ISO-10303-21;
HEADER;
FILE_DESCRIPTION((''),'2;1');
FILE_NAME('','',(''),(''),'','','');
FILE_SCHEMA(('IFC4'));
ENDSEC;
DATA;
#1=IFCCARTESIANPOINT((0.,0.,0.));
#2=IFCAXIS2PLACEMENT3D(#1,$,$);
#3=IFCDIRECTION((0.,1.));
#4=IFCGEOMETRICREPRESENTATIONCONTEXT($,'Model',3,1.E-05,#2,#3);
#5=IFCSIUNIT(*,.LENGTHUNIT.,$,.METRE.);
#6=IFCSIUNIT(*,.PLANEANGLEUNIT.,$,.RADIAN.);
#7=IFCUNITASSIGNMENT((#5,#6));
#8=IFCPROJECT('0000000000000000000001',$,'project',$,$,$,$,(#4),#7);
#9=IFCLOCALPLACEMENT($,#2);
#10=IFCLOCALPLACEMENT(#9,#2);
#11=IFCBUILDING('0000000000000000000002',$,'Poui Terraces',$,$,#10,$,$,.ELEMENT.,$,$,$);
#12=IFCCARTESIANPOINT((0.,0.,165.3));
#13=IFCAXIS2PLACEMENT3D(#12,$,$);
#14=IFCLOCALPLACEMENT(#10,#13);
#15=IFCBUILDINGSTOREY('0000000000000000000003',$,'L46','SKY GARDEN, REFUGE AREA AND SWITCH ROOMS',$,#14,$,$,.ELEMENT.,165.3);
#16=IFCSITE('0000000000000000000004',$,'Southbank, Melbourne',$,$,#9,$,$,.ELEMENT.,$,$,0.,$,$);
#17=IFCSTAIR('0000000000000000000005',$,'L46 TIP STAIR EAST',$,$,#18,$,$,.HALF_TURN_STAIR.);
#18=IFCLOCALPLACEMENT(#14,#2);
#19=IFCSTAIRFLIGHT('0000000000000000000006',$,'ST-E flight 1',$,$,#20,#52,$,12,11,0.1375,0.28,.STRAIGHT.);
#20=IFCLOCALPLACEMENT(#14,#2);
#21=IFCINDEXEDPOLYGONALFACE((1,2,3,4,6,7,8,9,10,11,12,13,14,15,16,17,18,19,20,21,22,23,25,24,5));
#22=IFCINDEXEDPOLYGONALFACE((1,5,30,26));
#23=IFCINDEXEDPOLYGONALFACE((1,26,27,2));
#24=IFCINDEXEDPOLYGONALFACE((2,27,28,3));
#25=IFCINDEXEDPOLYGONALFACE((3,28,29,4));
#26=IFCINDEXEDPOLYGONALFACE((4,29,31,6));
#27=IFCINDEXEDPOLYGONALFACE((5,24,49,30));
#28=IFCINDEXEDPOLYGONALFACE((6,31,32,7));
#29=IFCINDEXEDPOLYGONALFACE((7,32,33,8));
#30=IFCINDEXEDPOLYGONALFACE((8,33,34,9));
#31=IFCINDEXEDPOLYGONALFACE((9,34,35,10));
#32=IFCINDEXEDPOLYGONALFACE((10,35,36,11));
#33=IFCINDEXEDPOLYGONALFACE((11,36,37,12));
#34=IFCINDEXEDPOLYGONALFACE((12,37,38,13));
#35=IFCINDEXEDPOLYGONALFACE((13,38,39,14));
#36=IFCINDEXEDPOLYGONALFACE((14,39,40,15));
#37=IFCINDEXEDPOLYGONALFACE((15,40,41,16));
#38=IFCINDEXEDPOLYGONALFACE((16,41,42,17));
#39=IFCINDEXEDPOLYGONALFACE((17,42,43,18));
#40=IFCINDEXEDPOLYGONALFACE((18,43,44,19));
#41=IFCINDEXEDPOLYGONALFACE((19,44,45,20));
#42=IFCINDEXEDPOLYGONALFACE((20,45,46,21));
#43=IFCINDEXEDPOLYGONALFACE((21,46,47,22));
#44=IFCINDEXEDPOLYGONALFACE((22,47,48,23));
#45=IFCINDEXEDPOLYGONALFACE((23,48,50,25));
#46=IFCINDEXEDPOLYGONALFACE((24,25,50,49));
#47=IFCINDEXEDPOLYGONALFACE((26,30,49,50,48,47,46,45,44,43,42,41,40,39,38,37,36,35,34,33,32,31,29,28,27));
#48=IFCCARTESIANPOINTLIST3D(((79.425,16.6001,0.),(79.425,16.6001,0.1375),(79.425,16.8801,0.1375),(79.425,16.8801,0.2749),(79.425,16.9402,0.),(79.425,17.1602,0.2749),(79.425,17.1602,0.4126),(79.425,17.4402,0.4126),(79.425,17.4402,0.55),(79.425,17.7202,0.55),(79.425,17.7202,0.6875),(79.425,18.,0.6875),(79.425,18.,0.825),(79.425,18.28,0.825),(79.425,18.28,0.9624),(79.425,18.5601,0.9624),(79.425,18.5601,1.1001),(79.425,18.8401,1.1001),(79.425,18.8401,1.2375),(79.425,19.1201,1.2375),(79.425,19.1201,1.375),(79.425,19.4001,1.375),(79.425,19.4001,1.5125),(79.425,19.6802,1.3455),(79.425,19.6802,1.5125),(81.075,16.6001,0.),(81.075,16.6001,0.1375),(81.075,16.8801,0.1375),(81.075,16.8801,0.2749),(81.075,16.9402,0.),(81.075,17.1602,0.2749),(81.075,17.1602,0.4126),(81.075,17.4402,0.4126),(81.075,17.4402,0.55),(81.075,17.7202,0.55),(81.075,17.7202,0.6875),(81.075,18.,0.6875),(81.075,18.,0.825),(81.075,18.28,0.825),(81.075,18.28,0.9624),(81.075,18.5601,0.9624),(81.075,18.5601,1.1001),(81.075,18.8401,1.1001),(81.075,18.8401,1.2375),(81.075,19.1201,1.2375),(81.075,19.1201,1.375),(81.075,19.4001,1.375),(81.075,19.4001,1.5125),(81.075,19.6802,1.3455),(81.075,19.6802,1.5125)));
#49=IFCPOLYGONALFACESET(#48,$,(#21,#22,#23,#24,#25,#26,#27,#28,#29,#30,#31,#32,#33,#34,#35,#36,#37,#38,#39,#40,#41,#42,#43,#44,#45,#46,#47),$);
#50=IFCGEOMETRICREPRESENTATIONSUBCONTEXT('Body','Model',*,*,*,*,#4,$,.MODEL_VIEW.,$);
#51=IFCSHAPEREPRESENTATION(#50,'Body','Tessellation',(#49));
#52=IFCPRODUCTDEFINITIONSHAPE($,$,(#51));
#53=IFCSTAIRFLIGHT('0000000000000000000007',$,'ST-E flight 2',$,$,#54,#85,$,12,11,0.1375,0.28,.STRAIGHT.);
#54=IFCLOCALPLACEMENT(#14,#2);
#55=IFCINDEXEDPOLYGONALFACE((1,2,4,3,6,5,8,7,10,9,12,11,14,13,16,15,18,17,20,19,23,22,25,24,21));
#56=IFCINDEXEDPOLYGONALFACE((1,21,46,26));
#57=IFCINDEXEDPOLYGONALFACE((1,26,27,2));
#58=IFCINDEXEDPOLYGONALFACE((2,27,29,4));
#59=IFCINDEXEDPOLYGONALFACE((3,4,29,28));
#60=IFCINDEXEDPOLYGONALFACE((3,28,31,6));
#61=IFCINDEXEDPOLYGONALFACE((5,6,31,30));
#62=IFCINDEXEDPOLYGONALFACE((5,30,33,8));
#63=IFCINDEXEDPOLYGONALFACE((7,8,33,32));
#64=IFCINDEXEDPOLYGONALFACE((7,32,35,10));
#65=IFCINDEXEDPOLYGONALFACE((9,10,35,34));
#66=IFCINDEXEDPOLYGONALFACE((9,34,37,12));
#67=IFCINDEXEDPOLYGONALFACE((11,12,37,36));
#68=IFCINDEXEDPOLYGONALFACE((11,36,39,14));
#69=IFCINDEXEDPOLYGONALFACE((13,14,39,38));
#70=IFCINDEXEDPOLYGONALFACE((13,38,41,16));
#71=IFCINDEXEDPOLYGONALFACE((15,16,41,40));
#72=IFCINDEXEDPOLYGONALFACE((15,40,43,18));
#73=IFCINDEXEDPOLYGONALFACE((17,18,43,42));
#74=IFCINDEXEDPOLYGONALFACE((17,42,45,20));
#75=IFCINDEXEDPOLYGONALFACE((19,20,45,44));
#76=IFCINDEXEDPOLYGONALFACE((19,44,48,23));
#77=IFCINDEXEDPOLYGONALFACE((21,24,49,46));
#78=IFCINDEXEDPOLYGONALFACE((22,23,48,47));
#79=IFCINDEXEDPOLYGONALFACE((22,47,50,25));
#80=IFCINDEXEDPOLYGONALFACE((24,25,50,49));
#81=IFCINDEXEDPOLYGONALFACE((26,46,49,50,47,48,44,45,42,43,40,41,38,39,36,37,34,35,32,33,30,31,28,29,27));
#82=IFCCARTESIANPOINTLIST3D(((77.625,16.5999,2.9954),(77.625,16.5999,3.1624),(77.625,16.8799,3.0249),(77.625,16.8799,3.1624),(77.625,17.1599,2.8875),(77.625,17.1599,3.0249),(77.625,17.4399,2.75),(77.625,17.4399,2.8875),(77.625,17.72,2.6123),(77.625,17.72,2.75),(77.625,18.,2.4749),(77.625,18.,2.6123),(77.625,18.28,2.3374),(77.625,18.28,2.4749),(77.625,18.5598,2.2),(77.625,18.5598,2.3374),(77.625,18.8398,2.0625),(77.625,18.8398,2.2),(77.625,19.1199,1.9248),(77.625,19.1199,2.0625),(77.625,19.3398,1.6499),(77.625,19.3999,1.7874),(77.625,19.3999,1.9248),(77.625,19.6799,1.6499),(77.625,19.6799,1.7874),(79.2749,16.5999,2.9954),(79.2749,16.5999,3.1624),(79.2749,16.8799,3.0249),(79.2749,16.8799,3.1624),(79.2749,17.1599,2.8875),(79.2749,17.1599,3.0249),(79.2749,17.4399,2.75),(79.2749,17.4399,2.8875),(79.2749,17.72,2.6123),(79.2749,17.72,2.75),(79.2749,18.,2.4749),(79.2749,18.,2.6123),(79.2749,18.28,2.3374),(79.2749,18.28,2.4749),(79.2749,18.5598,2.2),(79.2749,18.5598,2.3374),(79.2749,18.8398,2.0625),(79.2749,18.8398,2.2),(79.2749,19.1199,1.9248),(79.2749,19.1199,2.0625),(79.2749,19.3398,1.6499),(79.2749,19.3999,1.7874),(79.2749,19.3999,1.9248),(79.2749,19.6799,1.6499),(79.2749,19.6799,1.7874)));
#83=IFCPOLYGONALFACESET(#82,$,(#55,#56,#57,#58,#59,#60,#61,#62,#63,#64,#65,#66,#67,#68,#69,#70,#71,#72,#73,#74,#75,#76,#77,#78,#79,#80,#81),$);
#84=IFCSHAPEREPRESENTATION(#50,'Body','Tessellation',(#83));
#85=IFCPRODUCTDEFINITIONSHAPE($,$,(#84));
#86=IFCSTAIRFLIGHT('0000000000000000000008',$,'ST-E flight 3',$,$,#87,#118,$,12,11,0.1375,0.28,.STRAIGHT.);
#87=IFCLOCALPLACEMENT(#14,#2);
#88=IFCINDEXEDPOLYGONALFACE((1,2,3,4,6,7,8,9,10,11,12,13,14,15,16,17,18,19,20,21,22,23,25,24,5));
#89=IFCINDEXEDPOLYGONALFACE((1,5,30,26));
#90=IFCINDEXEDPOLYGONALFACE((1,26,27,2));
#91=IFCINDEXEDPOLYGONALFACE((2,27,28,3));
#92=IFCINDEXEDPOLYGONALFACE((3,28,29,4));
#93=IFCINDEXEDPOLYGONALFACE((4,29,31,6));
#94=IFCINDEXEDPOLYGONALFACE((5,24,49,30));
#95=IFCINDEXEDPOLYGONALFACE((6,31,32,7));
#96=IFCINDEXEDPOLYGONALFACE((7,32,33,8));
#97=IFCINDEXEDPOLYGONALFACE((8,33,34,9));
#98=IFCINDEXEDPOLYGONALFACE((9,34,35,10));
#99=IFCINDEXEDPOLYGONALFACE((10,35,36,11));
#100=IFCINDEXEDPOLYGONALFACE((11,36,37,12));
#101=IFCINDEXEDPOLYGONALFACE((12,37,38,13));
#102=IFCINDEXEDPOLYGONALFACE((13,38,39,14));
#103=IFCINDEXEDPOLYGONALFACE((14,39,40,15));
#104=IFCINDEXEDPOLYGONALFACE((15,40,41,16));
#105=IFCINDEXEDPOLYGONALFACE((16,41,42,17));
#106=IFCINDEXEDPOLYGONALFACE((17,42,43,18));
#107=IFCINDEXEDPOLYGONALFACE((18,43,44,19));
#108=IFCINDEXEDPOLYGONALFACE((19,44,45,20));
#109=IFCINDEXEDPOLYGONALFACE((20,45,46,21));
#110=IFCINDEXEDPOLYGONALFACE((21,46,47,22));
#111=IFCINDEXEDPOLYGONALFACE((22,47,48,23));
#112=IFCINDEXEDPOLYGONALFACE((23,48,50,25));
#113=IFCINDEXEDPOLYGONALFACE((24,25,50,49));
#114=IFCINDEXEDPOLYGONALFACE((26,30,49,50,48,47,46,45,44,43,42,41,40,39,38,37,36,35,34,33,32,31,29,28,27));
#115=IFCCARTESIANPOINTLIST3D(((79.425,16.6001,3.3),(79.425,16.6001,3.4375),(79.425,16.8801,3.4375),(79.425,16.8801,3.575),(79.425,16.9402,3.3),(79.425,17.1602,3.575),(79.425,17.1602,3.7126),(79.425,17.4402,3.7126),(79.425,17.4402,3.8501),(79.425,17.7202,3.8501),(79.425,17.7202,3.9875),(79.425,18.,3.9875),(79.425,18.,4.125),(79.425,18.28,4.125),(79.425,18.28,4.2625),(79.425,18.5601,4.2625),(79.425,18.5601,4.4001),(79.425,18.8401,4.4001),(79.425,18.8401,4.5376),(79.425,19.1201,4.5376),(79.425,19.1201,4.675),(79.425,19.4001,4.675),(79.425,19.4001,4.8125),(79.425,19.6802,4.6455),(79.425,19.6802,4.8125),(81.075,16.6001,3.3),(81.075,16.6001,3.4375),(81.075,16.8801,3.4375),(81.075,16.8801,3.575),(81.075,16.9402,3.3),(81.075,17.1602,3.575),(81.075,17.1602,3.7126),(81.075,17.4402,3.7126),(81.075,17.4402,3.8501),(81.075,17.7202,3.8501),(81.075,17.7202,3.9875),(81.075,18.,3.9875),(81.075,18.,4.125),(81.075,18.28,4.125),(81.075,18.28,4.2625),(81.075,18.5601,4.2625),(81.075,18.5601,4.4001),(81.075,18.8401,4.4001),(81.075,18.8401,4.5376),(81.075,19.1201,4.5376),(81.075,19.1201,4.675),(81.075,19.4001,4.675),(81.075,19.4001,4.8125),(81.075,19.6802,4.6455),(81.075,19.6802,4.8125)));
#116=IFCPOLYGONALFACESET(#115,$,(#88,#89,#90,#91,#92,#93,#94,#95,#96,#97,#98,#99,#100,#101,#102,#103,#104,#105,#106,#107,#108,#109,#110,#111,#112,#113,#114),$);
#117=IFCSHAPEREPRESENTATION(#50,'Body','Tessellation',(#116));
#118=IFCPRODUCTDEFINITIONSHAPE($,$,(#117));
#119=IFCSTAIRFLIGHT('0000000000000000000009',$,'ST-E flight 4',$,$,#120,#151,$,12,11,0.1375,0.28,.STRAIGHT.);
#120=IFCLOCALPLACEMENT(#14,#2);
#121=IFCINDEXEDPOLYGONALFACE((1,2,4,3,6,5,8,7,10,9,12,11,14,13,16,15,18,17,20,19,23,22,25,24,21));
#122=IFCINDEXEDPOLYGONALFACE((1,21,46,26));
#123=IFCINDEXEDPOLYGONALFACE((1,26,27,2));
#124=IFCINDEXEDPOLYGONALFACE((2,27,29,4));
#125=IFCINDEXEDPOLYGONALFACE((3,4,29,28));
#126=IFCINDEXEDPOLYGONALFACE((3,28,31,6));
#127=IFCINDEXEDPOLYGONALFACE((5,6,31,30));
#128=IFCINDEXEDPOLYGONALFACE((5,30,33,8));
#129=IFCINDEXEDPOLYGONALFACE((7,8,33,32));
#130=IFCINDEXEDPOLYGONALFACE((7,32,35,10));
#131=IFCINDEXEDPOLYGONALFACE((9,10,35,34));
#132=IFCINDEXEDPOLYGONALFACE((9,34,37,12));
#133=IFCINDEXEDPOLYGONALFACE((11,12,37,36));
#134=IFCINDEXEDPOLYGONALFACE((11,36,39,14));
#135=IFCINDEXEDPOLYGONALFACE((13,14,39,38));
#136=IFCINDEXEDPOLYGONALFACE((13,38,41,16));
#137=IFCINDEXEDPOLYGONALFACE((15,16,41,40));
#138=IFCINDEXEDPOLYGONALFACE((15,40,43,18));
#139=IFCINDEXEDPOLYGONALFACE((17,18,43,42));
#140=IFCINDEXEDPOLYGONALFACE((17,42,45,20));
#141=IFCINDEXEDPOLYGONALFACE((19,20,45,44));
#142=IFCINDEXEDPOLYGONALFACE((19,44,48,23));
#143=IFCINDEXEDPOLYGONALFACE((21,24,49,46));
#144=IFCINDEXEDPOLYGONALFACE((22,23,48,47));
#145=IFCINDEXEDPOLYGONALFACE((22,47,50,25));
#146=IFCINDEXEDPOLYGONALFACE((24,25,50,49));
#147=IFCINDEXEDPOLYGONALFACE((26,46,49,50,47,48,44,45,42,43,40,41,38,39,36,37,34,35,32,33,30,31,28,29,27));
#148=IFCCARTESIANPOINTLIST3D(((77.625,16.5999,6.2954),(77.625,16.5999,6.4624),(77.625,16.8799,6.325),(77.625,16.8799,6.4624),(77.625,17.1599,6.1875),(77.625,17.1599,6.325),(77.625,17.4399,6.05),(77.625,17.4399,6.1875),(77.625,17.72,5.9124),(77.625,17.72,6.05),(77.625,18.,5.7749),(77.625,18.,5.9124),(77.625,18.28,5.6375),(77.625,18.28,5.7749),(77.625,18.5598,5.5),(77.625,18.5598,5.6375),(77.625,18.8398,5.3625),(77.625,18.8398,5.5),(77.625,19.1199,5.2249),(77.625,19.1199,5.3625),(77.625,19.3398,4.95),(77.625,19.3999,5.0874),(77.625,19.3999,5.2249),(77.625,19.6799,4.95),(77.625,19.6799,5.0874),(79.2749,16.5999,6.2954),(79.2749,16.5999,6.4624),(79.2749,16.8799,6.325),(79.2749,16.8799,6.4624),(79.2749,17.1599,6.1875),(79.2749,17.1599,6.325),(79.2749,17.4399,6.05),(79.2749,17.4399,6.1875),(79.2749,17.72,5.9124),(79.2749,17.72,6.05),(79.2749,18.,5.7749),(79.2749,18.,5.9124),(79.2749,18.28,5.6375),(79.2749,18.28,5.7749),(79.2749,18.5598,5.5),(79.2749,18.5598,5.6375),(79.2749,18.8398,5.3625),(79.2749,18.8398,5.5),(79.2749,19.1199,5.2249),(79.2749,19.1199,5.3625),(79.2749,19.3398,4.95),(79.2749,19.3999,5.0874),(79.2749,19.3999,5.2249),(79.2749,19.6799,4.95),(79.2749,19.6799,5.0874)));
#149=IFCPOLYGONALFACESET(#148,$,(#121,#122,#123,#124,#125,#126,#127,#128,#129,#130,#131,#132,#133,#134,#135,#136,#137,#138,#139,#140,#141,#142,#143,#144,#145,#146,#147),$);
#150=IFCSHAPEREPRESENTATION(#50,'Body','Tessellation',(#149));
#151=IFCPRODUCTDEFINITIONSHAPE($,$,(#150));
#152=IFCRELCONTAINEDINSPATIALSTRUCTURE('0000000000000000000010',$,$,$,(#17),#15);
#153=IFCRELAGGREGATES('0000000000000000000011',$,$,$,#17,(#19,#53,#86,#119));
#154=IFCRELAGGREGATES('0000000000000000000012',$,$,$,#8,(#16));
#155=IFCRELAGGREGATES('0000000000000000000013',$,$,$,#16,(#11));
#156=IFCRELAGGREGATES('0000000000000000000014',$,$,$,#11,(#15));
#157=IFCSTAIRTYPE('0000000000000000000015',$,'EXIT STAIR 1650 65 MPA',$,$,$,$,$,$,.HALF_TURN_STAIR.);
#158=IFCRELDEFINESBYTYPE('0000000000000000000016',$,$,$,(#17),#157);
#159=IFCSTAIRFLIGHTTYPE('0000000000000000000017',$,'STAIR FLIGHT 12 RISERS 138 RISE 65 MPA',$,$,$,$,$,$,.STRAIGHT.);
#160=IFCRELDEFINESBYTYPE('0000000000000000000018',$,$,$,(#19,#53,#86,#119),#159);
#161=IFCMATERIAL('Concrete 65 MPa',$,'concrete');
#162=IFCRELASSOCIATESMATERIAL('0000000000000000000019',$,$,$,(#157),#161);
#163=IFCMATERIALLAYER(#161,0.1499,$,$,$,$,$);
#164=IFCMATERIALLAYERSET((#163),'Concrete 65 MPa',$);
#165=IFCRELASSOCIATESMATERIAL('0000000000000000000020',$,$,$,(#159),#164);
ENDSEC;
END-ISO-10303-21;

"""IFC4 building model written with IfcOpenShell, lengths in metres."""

from ifc_helpers import new_model, si_unit, direction, frame, origin, place, context, subcontext, project, spatial, polyline, outline, extrude, material, layer, layer_set, type_object, element, aggregate, save


model = new_model("IFC4")

# Units and contexts
model_context = context("Model", 3, precision=1e-05, world=origin(), true_north=direction((0.0, 1.0)))
body_context = subcontext(model_context, "Body", "Model", "MODEL_VIEW")
ifc_project = project(units=[si_unit("LENGTHUNIT", "METRE"), si_unit("PLANEANGLEUNIT", "RADIAN")], contexts=[model_context])

# Site, building, storey
site_placement = place(None, origin())
site = spatial("IfcSite", under=ifc_project, at=site_placement, Name="Southbank, Melbourne", CompositionType="ELEMENT", RefElevation=0.0)
building_placement = place(site_placement, origin())
building = spatial("IfcBuilding", under=site, at=building_placement, Name="Poui Terraces", CompositionType="ELEMENT")
storey_placement = place(building_placement, frame((0.0, 0.0, 165.3)))
storey = spatial("IfcBuildingStorey", under=building, at=storey_placement, Name="L46", Description="SKY GARDEN, REFUGE AREA AND SWITCH ROOMS", CompositionType="ELEMENT", Elevation=165.3)

# Stair, stair flights
ifc_material_1 = material(Name="Concrete 65 MPa", Category="concrete")
stair_type = type_object("IfcStairType", Name="EXIT STAIR 1650 65 MPA", PredefinedType="HALF_TURN_STAIR", material=ifc_material_1)
stair_placement = place(storey_placement, origin())
stair = element("IfcStair", 1, at=stair_placement, inside=storey, type_object=stair_type, Name="L46 TIP STAIR EAST", PredefinedType="HALF_TURN_STAIR")
ifc_layer = layer(ifc_material_1, 0.1499)
ifc_layer_set = layer_set([ifc_layer], Name="Concrete 65 MPa")
stair_flight_type = type_object("IfcStairFlightType", Name="STAIR FLIGHT 12 RISERS 138 RISE 65 MPA", PredefinedType="STRAIGHT", material=ifc_layer_set)
stair_flight_1_placement = place(storey_placement, frame((80.25, 16.6001, 0.0), z_axis=(0.0, 0.0, 1.0), x_axis=(0.0, 1.0, 0.0)))
stair_flight_1 = element("IfcStairFlight", 2, at=stair_flight_1_placement, type_object=stair_flight_type, Name="ST-E flight 1", NumberOfRisers=12, NumberOfTreads=11, PredefinedType="STRAIGHT", RiserHeight=0.1375, TreadLength=0.28, context=body_context, shape_type="SweptSolid", body=[
    extrude(outline(polyline([(0.0, 0.0), (0.0, 0.1375), (0.28, 0.1375), (0.28, 0.2749), (0.5601, 0.2749), (0.5601, 0.4126), (0.8401, 0.4126), (0.8401, 0.55), (1.1201, 0.55), (1.1201, 0.6875), (1.3999, 0.6875), (1.3999, 0.825), (1.6799, 0.825), (1.6799, 0.9624), (1.96, 0.9624), (1.96, 1.1001), (2.24, 1.1001), (2.24, 1.2375), (2.52, 1.2375), (2.52, 1.375), (2.8, 1.375), (2.8, 1.5125), (3.0801, 1.5125), (3.0801, 1.6499), (3.0801, 1.3455), (0.3401, 0.0), (0.0, 0.0)])), frame((0.0, 0.825, 0.0), z_axis=(0.0, -1.0, 0.0), x_axis=(1.0, 0.0, 0.0)), (0.0, 0.0, 1.0), 1.6499),
])
stair_flight_2_placement = place(storey_placement, frame((78.45, 19.6799, 1.6499), z_axis=(0.0, 0.0, 1.0), x_axis=(0.0, -1.0, 0.0)))
stair_flight_2 = element("IfcStairFlight", 3, at=stair_flight_2_placement, type_object=stair_flight_type, Name="ST-E flight 2", NumberOfRisers=12, NumberOfTreads=11, PredefinedType="STRAIGHT", RiserHeight=0.1375, TreadLength=0.28, context=body_context, shape_type="SweptSolid", body=[
    extrude(outline(polyline([(0.0, 0.0), (0.0, 0.1375), (0.28, 0.1375), (0.28, 0.2749), (0.5601, 0.2749), (0.5601, 0.4126), (0.8401, 0.4126), (0.8401, 0.55), (1.1201, 0.55), (1.1201, 0.6875), (1.3999, 0.6875), (1.3999, 0.825), (1.6799, 0.825), (1.6799, 0.9624), (1.96, 0.9624), (1.96, 1.1001), (2.24, 1.1001), (2.24, 1.2375), (2.52, 1.2375), (2.52, 1.375), (2.8, 1.375), (2.8, 1.5125), (3.0801, 1.5125), (3.0801, 1.6499), (3.0801, 1.3455), (0.3401, 0.0), (0.0, 0.0)])), frame((0.0, 0.825, 0.0), z_axis=(0.0, -1.0, 0.0), x_axis=(1.0, 0.0, 0.0)), (0.0, 0.0, 1.0), 1.6499),
])
stair_flight_3_placement = place(storey_placement, frame((80.25, 16.6001, 3.3), z_axis=(0.0, 0.0, 1.0), x_axis=(0.0, 1.0, 0.0)))
stair_flight_3 = element("IfcStairFlight", 4, at=stair_flight_3_placement, type_object=stair_flight_type, Name="ST-E flight 3", NumberOfRisers=12, NumberOfTreads=11, PredefinedType="STRAIGHT", RiserHeight=0.1375, TreadLength=0.28, context=body_context, shape_type="SweptSolid", body=[
    extrude(outline(polyline([(0.0, 0.0), (0.0, 0.1375), (0.28, 0.1375), (0.28, 0.2749), (0.5601, 0.2749), (0.5601, 0.4126), (0.8401, 0.4126), (0.8401, 0.55), (1.1201, 0.55), (1.1201, 0.6875), (1.3999, 0.6875), (1.3999, 0.825), (1.6799, 0.825), (1.6799, 0.9624), (1.96, 0.9624), (1.96, 1.1001), (2.24, 1.1001), (2.24, 1.2375), (2.52, 1.2375), (2.52, 1.375), (2.8, 1.375), (2.8, 1.5125), (3.0801, 1.5125), (3.0801, 1.6499), (3.0801, 1.3455), (0.3401, 0.0), (0.0, 0.0)])), frame((0.0, 0.825, 0.0), z_axis=(0.0, -1.0, 0.0), x_axis=(1.0, 0.0, 0.0)), (0.0, 0.0, 1.0), 1.6499),
])
stair_flight_4_placement = place(storey_placement, frame((78.45, 19.6799, 4.95), z_axis=(0.0, 0.0, 1.0), x_axis=(0.0, -1.0, 0.0)))
stair_flight_4 = element("IfcStairFlight", 5, at=stair_flight_4_placement, type_object=stair_flight_type, Name="ST-E flight 4", NumberOfRisers=12, NumberOfTreads=11, PredefinedType="STRAIGHT", RiserHeight=0.1375, TreadLength=0.28, context=body_context, shape_type="SweptSolid", body=[
    extrude(outline(polyline([(0.0, 0.0), (0.0, 0.1375), (0.28, 0.1375), (0.28, 0.2749), (0.5601, 0.2749), (0.5601, 0.4126), (0.8401, 0.4126), (0.8401, 0.55), (1.1201, 0.55), (1.1201, 0.6875), (1.3999, 0.6875), (1.3999, 0.825), (1.6799, 0.825), (1.6799, 0.9624), (1.96, 0.9624), (1.96, 1.1001), (2.24, 1.1001), (2.24, 1.2375), (2.52, 1.2375), (2.52, 1.375), (2.8, 1.375), (2.8, 1.5125), (3.0801, 1.5125), (3.0801, 1.6499), (3.0801, 1.3455), (0.3401, 0.0), (0.0, 0.0)])), frame((0.0, 0.825, 0.0), z_axis=(0.0, -1.0, 0.0), x_axis=(1.0, 0.0, 0.0)), (0.0, 0.0, 1.0), 1.6499),
])
aggregate(stair, [stair_flight_1, stair_flight_2, stair_flight_3, stair_flight_4])

save(model, "model.ifc")
